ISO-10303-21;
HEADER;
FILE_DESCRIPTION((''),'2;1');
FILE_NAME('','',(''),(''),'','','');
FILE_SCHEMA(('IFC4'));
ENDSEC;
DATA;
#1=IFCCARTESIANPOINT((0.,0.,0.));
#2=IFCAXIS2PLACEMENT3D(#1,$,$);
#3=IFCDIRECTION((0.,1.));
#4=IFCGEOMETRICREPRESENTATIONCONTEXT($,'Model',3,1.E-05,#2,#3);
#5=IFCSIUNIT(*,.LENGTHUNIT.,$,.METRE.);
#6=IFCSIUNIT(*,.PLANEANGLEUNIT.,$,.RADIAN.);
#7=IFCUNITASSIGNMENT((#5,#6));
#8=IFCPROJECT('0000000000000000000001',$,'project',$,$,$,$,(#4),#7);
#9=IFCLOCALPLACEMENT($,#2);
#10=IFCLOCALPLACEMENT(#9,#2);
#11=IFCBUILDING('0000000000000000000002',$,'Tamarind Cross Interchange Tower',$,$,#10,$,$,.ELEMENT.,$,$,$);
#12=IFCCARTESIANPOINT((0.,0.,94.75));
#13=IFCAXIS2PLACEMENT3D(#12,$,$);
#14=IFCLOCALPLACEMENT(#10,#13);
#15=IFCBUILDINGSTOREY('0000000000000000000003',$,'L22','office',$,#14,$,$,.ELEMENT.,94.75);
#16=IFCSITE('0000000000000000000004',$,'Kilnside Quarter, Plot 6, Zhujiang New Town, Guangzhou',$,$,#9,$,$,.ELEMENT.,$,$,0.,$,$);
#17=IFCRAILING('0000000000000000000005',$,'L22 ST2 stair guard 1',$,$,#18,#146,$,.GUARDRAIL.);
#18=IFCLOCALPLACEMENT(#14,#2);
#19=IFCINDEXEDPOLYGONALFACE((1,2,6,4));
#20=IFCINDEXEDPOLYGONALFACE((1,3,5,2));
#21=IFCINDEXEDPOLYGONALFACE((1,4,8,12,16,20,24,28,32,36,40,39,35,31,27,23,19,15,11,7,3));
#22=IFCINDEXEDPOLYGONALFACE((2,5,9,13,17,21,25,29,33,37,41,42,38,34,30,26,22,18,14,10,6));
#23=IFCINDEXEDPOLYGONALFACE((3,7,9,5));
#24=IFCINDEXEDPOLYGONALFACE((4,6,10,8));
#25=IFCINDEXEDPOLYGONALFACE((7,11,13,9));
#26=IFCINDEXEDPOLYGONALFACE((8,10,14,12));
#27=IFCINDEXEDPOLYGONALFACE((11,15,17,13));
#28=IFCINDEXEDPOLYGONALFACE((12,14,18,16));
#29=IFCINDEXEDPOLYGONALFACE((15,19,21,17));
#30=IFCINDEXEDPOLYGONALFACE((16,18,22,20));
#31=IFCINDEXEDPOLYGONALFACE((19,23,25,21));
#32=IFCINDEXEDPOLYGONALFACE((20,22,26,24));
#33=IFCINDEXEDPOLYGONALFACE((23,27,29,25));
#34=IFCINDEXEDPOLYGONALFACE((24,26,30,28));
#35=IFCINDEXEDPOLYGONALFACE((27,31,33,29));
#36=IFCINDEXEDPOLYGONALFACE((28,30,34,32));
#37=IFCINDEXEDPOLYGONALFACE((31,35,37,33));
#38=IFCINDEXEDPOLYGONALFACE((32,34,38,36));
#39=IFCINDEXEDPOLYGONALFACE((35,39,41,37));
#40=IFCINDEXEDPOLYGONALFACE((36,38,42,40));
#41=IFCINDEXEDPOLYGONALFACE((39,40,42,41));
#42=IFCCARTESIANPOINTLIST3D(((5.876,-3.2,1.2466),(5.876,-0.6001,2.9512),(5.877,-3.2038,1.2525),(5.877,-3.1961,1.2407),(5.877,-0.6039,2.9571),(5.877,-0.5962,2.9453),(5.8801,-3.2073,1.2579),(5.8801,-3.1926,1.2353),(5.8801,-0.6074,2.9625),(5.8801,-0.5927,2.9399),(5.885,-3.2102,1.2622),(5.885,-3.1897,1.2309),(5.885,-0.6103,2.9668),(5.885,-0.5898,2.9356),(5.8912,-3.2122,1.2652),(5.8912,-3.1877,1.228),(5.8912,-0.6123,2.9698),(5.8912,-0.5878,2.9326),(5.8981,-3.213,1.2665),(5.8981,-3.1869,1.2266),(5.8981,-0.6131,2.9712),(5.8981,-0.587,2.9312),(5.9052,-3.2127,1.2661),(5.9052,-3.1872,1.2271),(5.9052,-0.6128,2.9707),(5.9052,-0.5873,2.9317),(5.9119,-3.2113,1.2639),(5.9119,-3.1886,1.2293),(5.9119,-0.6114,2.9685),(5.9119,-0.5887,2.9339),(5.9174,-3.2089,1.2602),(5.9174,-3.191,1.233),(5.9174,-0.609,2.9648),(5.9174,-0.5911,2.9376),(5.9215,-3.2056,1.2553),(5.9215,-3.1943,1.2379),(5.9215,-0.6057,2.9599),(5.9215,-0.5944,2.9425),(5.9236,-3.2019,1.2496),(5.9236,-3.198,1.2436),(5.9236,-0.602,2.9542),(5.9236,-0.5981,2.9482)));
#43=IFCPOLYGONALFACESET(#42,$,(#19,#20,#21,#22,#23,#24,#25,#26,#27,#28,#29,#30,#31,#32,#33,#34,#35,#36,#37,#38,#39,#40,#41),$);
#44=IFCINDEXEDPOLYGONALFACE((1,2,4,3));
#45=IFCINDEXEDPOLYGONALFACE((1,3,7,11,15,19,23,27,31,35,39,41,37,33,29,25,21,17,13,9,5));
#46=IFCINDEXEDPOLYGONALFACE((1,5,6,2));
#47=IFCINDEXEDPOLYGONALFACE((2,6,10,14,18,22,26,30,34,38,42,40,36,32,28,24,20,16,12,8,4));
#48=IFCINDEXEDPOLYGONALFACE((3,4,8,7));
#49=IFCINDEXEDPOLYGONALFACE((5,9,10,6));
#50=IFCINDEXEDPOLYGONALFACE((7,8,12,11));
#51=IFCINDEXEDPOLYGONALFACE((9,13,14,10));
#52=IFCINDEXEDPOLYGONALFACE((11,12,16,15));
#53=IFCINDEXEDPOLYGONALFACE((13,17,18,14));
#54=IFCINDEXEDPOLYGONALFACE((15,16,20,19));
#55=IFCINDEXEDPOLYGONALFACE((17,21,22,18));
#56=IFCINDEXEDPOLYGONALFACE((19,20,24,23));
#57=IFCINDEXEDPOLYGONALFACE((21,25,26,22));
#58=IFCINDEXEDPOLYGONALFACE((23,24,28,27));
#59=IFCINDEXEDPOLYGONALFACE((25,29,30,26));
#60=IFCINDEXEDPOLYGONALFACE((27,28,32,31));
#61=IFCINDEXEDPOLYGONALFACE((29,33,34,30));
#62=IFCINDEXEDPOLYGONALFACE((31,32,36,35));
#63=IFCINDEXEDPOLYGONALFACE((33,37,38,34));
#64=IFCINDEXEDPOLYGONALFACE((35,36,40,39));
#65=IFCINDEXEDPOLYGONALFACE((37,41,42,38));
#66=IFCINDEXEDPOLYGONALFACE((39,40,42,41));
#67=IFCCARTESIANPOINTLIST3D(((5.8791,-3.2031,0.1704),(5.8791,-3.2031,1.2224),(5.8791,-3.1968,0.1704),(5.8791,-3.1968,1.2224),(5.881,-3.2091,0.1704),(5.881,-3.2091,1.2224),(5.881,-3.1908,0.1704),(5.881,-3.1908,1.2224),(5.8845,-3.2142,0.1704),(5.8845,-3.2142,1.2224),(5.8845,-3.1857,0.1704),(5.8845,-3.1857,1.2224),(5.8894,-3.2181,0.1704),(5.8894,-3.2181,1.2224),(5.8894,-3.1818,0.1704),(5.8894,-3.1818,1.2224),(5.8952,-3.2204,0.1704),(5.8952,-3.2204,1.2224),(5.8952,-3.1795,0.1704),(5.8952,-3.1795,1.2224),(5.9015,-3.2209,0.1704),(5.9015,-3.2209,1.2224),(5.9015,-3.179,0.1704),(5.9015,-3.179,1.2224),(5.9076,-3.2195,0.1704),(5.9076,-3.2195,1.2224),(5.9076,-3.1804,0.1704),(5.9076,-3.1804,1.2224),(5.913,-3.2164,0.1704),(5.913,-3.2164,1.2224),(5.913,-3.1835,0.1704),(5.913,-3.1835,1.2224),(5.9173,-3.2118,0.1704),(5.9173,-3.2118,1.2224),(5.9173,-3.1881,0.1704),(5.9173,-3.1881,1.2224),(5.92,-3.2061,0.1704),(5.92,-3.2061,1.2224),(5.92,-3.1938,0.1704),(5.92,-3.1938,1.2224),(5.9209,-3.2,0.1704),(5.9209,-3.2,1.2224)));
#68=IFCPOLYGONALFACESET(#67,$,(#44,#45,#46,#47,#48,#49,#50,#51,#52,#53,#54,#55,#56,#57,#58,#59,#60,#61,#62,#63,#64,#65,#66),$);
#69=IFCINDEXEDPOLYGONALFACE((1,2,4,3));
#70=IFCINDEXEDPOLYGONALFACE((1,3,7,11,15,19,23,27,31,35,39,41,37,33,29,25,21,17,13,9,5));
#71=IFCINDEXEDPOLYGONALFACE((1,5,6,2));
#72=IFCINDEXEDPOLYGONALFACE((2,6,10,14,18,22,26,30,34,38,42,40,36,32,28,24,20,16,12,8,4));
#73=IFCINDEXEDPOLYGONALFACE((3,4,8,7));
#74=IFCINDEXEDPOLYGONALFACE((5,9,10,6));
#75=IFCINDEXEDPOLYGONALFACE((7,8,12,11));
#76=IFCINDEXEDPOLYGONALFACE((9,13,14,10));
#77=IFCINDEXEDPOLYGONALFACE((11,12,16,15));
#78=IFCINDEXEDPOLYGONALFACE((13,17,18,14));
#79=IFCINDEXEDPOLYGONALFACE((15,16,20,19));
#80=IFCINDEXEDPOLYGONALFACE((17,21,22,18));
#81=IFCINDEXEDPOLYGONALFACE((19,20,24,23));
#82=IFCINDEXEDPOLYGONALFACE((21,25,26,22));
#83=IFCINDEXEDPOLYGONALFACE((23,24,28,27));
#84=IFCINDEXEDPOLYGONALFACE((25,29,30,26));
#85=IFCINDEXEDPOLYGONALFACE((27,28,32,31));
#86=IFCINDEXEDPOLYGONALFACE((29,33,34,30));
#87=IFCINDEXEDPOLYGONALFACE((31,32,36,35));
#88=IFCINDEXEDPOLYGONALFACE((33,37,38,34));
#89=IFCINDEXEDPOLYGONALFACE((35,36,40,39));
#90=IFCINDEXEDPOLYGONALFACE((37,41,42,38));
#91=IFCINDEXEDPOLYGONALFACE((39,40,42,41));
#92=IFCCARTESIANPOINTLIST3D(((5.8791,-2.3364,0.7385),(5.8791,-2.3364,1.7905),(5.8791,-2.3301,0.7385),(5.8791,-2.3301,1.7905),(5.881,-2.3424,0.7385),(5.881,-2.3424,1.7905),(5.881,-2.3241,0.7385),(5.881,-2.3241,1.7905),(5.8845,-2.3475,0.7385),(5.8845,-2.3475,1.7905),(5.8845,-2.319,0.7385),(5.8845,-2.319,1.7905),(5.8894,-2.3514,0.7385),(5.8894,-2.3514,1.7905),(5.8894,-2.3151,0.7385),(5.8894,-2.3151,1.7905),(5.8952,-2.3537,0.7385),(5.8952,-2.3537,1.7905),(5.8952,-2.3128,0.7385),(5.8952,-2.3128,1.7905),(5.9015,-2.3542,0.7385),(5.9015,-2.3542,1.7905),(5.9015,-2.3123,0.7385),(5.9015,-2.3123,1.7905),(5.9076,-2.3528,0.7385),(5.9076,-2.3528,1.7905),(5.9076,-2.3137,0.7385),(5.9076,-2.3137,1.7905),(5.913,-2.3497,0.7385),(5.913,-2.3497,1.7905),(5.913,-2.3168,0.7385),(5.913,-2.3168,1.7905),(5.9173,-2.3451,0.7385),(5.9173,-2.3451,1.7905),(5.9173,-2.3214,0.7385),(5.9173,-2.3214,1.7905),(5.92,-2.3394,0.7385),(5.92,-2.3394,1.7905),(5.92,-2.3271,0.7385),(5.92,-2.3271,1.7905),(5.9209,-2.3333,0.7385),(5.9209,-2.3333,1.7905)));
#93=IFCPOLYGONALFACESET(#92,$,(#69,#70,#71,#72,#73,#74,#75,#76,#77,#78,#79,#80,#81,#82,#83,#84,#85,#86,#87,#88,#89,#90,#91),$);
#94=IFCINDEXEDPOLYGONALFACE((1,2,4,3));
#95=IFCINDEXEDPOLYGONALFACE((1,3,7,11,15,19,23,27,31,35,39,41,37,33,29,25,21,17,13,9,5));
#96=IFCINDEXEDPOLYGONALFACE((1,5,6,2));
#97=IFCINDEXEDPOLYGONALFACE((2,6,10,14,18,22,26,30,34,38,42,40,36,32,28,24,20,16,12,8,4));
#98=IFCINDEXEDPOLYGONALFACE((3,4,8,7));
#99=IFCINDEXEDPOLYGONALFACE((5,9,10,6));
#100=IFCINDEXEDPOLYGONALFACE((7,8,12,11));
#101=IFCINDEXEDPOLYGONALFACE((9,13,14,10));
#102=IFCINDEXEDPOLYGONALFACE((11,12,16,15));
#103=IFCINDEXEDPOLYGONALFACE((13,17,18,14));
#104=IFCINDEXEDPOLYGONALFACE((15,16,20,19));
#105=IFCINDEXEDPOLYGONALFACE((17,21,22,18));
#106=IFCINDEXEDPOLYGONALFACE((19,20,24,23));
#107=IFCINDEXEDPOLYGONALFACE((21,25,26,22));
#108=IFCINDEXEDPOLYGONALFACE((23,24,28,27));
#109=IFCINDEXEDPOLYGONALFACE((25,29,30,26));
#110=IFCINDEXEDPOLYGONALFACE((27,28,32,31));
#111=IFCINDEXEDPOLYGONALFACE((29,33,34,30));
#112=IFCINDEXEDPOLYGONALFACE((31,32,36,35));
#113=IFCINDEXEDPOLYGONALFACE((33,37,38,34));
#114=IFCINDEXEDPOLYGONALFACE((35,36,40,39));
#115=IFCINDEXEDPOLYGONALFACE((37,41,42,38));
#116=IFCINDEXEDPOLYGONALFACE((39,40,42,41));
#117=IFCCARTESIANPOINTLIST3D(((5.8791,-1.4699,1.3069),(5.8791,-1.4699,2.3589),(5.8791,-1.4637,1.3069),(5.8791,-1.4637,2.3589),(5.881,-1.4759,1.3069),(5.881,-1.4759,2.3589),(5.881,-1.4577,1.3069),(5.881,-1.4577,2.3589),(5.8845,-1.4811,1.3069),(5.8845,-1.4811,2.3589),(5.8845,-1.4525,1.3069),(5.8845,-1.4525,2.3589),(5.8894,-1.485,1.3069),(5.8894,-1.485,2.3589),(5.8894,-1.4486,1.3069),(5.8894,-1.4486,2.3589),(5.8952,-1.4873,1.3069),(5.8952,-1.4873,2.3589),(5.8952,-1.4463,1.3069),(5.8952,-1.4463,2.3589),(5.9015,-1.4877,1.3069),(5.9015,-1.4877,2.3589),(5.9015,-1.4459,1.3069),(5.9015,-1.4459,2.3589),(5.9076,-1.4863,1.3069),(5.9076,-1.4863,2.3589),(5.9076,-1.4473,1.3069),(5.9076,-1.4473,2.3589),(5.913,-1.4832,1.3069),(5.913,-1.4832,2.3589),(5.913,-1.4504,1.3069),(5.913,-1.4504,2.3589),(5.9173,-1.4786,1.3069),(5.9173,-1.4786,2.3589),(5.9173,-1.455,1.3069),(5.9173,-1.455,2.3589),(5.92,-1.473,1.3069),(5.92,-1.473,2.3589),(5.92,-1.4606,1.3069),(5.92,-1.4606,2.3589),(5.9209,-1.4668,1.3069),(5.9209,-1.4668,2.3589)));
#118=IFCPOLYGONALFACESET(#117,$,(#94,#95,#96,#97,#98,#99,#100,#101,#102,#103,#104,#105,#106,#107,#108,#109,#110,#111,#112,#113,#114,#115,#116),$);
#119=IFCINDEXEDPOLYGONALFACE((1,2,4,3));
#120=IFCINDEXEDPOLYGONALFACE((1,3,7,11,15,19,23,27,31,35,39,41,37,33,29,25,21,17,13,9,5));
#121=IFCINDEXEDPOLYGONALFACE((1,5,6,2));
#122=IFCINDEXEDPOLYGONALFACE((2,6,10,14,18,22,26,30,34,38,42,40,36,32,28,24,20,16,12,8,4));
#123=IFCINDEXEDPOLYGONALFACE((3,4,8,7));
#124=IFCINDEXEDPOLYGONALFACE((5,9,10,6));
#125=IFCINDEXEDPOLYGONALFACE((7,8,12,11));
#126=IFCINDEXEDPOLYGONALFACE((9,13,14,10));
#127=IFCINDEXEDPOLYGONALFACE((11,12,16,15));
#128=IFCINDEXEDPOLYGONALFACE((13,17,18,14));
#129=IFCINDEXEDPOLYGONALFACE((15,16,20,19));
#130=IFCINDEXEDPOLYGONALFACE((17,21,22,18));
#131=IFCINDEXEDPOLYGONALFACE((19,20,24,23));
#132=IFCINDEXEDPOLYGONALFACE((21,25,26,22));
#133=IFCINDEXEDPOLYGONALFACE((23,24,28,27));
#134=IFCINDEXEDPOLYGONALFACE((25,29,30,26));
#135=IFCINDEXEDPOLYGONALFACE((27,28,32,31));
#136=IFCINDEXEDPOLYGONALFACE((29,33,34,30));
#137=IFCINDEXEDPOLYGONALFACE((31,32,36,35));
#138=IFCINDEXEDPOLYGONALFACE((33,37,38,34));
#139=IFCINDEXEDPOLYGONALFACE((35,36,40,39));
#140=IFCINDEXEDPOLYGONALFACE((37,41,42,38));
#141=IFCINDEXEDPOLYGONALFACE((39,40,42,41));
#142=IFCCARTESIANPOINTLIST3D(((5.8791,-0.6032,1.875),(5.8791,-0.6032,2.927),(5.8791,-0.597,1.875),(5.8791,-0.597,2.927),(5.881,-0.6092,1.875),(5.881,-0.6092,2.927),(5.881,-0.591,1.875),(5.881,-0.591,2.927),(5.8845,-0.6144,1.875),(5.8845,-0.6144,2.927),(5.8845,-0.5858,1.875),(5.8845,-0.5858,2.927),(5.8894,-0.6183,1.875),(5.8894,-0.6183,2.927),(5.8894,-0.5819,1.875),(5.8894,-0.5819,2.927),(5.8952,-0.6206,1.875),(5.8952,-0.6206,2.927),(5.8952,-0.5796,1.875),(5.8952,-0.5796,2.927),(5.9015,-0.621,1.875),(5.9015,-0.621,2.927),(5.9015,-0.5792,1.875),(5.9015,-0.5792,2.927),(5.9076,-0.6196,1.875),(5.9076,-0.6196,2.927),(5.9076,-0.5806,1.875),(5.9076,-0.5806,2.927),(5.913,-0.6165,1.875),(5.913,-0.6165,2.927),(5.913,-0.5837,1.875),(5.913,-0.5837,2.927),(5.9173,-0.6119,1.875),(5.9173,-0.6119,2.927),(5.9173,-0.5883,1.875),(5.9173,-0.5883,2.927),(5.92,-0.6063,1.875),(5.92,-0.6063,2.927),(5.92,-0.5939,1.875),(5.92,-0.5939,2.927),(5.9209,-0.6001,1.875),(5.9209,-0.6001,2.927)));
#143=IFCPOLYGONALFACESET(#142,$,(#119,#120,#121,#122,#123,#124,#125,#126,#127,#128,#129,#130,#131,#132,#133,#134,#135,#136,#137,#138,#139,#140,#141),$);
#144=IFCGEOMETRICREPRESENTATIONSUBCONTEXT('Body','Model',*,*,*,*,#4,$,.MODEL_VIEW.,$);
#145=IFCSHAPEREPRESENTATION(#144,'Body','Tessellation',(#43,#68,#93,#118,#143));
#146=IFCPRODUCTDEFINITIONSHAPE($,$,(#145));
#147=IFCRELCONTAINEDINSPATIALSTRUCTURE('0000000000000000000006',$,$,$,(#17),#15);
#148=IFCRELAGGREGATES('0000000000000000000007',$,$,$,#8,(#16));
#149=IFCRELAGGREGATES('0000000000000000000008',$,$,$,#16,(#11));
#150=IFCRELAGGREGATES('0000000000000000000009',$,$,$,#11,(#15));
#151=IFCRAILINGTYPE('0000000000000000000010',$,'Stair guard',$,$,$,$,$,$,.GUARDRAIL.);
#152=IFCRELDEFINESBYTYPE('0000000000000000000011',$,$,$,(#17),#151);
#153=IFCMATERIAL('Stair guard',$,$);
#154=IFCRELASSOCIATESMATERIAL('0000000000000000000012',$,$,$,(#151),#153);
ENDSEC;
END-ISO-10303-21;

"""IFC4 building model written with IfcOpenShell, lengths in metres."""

from ifc_helpers import new_model, si_unit, direction, frame, origin, origin_2d, place, context, subcontext, project, spatial, circle, extrude, material, type_object, element, save


model = new_model("IFC4")

# Units and contexts
model_context = context("Model", 3, precision=1e-05, world=origin(), true_north=direction((0.0, 1.0)))
body_context = subcontext(model_context, "Body", "Model", "MODEL_VIEW")
ifc_project = project(units=[si_unit("LENGTHUNIT", "METRE"), si_unit("PLANEANGLEUNIT", "RADIAN")], contexts=[model_context])

# Site, building, storey
site_placement = place(None, origin())
site = spatial("IfcSite", under=ifc_project, at=site_placement, Name="Kilnside Quarter, Plot 6, Zhujiang New Town, Guangzhou", CompositionType="ELEMENT", RefElevation=0.0)
building_placement = place(site_placement, origin())
building = spatial("IfcBuilding", under=site, at=building_placement, Name="Tamarind Cross Interchange Tower", CompositionType="ELEMENT")
storey_placement = place(building_placement, frame((0.0, 0.0, 94.75)))
storey = spatial("IfcBuildingStorey", under=building, at=storey_placement, Name="L22", Description="office", CompositionType="ELEMENT", Elevation=94.75)

# Railing
ifc_material_1 = material(Name="Stair guard")
railing_type_1 = type_object("IfcRailingType", Name="Stair guard", PredefinedType="GUARDRAIL", material=ifc_material_1)
railing_1_placement = place(storey_placement, frame((5.8999, -3.2, 0.1704)))
element("IfcRailing", 1, at=railing_1_placement, inside=storey, type_object=railing_type_1, Name="L22 ST2 stair guard 1", PredefinedType="GUARDRAIL", context=body_context, shape_type="SweptSolid", body=[
    extrude(circle(Radius=0.0239, at=origin_2d()), frame((0.0, 0.0, 1.0762), z_axis=(0.0, 0.836279, 0.548305), x_axis=(-1.0, 0.0, 0.0)), (0.0, 0.0, 1.0), 3.1089),
    extrude(circle(Radius=0.021, at=origin_2d()), origin(), (0.0, 0.0, 1.0), 1.052),
    extrude(circle(Radius=0.021, at=origin_2d()), frame((0.0, 0.8667, 0.5681)), (0.0, 0.0, 1.0), 1.052),
    extrude(circle(Radius=0.021, at=origin_2d()), frame((0.0, 1.7332, 1.1365)), (0.0, 0.0, 1.0), 1.052),
    extrude(circle(Radius=0.021, at=origin_2d()), frame((0.0, 2.5999, 1.7046)), (0.0, 0.0, 1.0), 1.052),
])

save(model, "model.ifc")
